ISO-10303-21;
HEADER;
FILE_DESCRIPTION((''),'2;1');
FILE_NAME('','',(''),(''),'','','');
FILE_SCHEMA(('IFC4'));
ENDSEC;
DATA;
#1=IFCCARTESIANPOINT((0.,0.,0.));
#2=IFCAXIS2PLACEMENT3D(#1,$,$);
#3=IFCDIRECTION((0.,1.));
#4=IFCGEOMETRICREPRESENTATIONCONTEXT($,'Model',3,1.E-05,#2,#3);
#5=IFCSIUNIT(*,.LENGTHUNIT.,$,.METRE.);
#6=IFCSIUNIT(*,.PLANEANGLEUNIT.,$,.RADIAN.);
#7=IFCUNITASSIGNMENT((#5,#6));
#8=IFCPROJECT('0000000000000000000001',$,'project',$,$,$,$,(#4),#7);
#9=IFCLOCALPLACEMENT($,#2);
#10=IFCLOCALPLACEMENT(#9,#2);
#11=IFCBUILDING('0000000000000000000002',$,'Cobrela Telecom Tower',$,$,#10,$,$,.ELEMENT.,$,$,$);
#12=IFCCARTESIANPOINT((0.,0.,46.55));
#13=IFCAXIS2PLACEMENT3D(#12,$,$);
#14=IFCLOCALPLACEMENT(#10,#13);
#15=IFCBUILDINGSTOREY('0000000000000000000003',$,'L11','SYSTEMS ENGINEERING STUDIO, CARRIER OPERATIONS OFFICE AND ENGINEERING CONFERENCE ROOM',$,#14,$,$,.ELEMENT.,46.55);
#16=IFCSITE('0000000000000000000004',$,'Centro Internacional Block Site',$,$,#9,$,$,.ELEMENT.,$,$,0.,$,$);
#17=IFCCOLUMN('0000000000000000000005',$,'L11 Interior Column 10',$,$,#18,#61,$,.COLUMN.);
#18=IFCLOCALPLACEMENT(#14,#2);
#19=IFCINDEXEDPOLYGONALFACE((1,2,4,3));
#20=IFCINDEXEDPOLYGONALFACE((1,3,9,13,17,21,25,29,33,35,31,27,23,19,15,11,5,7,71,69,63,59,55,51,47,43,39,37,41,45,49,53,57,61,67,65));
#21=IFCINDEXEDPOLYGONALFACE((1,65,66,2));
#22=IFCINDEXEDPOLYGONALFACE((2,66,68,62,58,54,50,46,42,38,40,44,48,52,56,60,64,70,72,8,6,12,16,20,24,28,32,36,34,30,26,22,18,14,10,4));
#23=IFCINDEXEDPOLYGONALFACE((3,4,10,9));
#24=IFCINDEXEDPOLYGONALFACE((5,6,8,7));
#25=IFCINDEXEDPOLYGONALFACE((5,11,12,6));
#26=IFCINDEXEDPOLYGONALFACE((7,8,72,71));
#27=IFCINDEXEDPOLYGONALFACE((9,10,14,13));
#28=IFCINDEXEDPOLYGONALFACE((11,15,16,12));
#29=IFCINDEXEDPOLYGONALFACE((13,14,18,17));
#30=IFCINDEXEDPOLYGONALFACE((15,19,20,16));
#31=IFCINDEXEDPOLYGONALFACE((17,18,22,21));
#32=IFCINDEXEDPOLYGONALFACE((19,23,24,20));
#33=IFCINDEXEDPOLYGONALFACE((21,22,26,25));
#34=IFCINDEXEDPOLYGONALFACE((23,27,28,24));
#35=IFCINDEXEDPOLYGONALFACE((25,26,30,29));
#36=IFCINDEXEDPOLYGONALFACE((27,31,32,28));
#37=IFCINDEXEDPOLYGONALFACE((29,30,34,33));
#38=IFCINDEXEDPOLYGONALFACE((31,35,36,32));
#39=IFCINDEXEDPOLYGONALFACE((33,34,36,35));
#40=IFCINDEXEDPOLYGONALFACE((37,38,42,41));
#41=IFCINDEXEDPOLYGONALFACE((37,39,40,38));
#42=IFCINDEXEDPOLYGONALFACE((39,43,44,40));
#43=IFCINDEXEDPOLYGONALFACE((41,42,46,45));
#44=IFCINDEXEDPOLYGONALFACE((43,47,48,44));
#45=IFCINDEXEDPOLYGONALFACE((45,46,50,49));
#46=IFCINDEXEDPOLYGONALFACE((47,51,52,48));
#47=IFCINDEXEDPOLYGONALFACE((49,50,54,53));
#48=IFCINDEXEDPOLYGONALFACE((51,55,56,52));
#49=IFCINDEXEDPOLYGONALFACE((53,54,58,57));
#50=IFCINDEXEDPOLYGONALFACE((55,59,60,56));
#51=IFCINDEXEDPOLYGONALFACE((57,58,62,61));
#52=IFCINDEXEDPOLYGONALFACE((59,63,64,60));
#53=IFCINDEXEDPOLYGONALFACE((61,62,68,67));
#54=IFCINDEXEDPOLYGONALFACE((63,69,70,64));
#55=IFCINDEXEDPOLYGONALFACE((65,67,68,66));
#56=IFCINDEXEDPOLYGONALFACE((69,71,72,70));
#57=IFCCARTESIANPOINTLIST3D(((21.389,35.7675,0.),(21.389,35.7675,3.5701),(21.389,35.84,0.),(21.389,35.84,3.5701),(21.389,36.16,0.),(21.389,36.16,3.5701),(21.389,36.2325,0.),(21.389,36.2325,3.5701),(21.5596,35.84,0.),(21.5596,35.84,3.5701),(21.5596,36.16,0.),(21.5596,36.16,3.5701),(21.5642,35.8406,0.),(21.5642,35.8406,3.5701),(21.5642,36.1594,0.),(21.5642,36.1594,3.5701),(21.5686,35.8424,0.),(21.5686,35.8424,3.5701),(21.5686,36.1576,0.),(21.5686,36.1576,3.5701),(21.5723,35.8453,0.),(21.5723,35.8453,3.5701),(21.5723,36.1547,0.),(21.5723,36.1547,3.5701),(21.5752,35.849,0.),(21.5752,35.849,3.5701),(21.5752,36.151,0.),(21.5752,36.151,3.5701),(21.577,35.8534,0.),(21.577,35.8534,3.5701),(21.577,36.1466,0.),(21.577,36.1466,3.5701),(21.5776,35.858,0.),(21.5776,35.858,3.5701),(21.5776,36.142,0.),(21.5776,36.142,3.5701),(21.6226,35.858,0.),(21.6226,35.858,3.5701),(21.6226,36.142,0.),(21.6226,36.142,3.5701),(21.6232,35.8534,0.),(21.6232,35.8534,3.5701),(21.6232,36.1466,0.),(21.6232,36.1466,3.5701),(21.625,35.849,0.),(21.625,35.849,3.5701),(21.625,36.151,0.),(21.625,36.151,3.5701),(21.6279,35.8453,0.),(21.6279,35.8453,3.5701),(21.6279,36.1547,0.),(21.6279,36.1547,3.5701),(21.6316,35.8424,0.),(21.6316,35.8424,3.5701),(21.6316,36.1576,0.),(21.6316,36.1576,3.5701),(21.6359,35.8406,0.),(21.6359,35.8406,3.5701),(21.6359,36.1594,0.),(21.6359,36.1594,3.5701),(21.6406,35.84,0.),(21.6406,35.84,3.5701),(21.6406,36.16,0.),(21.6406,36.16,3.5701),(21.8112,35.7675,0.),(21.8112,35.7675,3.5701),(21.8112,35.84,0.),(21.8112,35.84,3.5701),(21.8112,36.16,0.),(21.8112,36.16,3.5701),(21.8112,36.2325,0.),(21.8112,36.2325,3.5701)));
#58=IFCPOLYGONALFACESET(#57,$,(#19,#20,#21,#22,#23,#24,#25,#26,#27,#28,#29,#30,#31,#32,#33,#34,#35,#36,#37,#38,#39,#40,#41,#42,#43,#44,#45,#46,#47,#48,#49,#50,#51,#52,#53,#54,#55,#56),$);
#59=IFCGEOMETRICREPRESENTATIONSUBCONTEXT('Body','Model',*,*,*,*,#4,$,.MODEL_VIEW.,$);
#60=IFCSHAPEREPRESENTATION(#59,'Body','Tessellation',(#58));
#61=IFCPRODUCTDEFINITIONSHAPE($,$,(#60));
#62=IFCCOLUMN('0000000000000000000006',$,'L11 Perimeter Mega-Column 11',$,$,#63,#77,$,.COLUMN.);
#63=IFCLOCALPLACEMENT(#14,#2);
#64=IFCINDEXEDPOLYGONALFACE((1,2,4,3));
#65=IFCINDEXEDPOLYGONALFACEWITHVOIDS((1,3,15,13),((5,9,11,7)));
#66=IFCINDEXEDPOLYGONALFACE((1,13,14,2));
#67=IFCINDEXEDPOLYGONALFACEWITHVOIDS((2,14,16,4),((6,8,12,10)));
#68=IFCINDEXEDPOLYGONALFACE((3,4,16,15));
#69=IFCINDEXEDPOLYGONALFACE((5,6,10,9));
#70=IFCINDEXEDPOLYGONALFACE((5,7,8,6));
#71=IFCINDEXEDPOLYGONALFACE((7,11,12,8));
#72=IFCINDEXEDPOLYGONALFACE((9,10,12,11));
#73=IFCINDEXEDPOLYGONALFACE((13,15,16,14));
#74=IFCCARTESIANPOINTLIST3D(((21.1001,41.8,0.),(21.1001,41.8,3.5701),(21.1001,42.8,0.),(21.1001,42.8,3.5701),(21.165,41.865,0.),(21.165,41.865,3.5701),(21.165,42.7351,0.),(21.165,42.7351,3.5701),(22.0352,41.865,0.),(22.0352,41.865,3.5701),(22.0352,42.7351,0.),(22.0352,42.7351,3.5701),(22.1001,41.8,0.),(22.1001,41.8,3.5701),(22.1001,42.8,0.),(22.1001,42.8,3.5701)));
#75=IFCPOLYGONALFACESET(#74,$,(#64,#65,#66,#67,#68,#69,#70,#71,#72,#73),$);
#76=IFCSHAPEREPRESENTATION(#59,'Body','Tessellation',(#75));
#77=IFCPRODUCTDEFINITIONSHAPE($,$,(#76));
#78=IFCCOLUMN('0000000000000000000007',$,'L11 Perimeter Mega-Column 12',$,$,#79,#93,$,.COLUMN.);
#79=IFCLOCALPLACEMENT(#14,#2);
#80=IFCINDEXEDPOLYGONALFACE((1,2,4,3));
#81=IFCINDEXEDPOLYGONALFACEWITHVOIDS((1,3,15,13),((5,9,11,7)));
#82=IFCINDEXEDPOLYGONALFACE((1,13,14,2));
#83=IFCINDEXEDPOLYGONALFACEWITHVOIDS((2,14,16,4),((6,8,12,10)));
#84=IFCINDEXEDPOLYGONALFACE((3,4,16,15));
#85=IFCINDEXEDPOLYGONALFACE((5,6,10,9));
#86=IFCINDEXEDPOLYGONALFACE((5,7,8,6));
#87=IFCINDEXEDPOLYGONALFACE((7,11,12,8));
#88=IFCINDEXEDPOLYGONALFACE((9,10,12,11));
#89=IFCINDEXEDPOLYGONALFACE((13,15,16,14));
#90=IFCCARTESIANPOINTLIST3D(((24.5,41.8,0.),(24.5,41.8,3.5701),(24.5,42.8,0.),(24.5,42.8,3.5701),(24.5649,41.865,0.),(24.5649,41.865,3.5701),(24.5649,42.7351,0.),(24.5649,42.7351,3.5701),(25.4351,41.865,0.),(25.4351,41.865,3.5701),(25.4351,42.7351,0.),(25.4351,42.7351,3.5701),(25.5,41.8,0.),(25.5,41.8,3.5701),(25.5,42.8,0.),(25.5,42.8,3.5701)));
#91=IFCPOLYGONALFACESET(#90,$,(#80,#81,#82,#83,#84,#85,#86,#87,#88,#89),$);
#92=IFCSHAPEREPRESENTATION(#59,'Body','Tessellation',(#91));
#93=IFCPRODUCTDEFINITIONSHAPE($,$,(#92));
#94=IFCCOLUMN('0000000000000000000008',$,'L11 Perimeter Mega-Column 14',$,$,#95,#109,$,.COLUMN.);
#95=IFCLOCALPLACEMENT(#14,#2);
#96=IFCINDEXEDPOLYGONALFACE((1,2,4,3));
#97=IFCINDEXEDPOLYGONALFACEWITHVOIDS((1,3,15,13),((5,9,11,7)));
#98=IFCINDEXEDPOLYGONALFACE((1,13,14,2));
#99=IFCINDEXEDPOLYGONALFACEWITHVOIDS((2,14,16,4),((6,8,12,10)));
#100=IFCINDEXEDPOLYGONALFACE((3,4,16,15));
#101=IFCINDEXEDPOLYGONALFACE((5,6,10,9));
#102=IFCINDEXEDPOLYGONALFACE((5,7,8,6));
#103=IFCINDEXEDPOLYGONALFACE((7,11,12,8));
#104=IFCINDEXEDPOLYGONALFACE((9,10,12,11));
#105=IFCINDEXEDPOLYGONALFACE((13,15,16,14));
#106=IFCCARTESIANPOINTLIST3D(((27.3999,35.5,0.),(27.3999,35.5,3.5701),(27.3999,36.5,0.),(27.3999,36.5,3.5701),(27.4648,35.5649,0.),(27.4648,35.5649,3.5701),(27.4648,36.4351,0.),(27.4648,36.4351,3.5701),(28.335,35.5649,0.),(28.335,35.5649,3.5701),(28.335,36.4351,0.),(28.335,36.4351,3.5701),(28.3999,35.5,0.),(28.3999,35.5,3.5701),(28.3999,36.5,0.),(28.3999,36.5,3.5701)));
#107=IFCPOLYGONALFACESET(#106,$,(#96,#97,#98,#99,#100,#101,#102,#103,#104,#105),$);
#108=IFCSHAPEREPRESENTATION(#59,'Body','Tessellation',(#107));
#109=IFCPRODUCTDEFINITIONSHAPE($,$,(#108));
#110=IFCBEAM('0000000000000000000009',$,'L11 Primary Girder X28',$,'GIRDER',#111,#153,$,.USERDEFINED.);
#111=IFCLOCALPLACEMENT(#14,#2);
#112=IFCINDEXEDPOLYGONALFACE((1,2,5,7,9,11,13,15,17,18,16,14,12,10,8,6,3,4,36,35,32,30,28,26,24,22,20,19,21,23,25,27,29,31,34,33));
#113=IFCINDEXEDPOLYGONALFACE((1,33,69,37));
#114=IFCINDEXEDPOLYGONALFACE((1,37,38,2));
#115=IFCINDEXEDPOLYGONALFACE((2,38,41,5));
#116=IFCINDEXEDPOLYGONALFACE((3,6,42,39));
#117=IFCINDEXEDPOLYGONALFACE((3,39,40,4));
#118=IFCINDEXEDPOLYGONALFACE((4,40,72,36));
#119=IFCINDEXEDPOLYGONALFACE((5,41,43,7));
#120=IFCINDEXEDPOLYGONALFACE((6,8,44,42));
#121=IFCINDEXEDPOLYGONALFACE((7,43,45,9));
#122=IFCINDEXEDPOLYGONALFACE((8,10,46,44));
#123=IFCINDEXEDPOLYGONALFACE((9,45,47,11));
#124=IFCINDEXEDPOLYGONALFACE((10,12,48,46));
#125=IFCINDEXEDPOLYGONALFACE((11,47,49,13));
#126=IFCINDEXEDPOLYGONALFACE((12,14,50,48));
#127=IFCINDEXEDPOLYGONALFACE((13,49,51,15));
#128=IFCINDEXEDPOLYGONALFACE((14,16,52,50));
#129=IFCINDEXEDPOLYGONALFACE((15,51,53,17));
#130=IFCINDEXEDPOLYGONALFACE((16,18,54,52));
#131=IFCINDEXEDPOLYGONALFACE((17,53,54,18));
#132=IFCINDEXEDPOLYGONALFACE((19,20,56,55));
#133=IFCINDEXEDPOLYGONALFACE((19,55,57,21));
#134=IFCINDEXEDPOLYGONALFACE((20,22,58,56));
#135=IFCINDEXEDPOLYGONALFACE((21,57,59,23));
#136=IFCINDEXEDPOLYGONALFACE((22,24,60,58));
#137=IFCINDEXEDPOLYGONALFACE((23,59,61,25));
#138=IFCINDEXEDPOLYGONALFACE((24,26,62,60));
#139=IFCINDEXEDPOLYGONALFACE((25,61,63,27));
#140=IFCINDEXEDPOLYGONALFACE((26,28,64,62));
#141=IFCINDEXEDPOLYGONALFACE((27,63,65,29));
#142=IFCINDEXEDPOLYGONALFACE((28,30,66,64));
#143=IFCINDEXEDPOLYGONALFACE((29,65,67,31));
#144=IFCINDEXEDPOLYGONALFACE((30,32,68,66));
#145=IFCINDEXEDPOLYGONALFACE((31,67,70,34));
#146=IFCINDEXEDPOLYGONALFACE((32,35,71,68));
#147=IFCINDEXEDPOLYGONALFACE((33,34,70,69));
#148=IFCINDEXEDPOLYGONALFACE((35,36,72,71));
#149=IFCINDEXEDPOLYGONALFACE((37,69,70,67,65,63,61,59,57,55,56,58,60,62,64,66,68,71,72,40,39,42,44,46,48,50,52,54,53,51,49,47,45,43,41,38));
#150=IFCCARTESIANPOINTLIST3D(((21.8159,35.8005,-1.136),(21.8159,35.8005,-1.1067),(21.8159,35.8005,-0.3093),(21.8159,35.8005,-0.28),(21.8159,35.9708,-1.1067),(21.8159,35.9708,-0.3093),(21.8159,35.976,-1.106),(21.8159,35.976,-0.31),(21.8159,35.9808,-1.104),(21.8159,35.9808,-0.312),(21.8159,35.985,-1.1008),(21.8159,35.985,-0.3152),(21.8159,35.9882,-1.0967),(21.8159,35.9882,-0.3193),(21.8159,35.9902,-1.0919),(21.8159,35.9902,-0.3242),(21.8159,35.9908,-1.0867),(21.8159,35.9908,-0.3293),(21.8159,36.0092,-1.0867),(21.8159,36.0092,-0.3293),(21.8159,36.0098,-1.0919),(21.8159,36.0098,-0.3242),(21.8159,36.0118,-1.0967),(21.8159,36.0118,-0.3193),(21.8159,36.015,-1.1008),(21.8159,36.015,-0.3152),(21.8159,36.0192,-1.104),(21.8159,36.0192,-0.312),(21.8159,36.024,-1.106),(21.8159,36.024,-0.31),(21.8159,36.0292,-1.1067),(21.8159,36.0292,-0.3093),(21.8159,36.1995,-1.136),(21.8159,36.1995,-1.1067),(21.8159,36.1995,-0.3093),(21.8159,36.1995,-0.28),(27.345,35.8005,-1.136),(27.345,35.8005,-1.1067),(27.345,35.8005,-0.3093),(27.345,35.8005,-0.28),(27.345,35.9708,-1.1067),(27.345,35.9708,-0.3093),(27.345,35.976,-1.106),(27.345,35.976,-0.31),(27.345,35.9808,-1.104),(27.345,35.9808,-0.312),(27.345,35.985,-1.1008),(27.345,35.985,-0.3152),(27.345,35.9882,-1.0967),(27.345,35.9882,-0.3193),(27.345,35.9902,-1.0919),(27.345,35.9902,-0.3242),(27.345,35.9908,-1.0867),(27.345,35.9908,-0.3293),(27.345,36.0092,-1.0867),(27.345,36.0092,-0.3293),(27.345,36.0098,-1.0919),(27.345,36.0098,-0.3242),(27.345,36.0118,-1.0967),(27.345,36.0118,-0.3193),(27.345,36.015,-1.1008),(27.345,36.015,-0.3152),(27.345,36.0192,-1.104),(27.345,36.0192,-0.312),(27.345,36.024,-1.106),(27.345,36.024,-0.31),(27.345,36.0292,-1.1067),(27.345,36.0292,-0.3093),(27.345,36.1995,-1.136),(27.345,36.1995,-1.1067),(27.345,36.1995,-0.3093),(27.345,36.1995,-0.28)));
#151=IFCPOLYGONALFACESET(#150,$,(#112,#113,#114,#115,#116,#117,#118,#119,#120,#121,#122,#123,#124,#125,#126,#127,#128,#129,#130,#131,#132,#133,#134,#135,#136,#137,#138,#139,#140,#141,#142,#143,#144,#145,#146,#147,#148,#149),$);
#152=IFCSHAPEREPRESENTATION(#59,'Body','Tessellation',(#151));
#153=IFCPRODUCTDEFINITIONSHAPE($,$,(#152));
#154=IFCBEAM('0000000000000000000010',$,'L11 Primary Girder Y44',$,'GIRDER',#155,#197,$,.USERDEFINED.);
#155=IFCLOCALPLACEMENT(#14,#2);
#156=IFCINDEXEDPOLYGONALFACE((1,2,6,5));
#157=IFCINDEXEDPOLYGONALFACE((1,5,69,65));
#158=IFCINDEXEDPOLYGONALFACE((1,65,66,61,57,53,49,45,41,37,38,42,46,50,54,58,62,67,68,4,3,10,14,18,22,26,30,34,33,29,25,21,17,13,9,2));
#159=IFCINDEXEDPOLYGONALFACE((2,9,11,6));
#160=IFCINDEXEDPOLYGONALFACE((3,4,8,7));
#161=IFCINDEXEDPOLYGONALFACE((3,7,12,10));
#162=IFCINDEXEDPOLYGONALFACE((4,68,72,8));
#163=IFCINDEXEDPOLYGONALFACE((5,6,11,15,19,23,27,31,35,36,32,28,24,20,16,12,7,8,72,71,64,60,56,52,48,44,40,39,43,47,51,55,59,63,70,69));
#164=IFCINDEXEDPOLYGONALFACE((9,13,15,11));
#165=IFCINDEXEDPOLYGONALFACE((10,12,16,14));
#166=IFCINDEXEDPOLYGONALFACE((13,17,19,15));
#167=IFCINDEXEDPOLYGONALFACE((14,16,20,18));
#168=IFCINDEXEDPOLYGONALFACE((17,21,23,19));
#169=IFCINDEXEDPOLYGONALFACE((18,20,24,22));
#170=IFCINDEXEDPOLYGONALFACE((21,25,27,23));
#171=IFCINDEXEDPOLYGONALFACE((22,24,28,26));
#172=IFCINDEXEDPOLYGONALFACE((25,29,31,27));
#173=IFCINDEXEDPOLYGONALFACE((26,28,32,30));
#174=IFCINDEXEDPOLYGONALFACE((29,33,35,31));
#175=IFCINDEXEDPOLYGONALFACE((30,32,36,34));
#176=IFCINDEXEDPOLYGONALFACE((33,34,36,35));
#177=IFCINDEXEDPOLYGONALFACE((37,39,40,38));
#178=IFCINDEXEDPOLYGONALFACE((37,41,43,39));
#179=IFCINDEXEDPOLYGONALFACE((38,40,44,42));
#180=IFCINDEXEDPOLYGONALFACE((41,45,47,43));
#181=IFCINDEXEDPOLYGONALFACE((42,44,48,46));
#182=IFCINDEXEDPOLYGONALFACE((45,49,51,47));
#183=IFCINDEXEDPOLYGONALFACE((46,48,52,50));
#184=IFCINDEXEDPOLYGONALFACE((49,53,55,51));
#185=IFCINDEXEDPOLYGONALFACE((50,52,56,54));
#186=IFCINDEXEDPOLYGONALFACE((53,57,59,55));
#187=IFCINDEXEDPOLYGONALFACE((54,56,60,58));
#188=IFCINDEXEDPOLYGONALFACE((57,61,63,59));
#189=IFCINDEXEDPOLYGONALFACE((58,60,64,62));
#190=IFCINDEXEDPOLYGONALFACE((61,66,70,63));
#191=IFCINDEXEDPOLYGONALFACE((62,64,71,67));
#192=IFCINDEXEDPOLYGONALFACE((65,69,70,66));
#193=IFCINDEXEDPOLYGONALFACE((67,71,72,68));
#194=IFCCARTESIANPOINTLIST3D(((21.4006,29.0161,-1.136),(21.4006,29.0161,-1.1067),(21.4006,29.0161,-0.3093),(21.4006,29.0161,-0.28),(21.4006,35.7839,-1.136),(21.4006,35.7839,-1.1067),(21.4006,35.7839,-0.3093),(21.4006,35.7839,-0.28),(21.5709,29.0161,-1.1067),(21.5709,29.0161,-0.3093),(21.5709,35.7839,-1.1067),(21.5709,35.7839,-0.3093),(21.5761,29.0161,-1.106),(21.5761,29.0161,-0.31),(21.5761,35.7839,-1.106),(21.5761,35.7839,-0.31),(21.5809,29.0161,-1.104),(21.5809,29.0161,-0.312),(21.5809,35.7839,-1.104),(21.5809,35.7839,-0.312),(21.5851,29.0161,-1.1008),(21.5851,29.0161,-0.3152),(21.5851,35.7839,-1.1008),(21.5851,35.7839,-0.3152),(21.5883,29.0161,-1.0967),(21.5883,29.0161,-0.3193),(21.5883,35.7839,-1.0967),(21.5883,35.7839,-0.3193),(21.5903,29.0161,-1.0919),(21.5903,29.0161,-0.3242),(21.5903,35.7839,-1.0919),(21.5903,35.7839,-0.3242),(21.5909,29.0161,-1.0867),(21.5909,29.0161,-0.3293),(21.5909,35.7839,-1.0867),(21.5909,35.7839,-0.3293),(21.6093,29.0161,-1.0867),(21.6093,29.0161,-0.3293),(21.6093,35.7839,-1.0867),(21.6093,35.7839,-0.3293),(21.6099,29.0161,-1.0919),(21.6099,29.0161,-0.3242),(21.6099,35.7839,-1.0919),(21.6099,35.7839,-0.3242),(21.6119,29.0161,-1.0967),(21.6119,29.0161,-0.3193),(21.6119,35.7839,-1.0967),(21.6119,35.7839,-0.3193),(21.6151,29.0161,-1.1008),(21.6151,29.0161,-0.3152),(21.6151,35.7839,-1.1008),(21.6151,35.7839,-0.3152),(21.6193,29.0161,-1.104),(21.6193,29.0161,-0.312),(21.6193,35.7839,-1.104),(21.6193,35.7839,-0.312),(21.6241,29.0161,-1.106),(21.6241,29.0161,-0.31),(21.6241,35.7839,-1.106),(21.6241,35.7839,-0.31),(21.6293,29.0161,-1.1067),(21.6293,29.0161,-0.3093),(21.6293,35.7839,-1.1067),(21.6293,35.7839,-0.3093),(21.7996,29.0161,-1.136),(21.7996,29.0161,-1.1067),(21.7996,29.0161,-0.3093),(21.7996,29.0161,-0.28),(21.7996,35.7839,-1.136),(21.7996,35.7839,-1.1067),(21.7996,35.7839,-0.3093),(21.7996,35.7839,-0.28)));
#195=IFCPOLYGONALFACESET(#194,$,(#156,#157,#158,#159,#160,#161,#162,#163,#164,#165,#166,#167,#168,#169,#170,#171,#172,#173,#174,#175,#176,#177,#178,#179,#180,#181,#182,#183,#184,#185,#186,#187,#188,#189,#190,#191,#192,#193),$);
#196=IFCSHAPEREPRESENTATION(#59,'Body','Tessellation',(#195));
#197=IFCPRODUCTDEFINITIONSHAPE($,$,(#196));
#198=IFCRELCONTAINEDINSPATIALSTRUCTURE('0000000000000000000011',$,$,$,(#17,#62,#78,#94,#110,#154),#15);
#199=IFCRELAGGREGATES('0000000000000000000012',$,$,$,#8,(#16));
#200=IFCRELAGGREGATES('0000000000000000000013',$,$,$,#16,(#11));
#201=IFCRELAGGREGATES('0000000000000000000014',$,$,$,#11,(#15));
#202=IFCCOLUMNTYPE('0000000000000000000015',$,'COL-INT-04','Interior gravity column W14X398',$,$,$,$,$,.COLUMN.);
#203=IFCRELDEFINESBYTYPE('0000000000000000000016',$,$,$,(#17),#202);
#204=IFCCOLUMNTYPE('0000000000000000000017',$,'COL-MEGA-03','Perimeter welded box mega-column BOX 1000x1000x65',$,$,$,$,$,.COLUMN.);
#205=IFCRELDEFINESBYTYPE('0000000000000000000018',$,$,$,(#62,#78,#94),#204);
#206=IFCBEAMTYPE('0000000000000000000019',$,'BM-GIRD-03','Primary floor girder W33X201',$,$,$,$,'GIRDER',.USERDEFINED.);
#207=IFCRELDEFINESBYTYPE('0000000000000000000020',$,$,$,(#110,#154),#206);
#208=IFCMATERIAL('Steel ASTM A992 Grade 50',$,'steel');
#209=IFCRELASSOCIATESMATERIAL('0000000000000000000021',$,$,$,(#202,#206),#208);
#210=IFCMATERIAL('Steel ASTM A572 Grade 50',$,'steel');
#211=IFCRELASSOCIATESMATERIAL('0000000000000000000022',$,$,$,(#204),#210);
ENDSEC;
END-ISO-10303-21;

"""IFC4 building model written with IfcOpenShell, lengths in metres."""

from ifc_helpers import new_model, si_unit, direction, frame, origin, origin_2d, place, context, subcontext, project, spatial, hollow_rectangle, i_section, extrude, material, material_profile, profile_set, type_object, element, save


model = new_model("IFC4")

# Units and contexts
model_context = context("Model", 3, precision=1e-05, world=origin(), true_north=direction((0.0, 1.0)))
body_context = subcontext(model_context, "Body", "Model", "MODEL_VIEW")
ifc_project = project(units=[si_unit("LENGTHUNIT", "METRE"), si_unit("PLANEANGLEUNIT", "RADIAN")], contexts=[model_context])

# Site, building, storey
site_placement = place(None, origin())
site = spatial("IfcSite", under=ifc_project, at=site_placement, Name="Centro Internacional Block Site", CompositionType="ELEMENT", RefElevation=0.0)
building_placement = place(site_placement, origin())
building = spatial("IfcBuilding", under=site, at=building_placement, Name="Cobrela Telecom Tower", CompositionType="ELEMENT")
storey_placement = place(building_placement, frame((0.0, 0.0, 46.55)))
storey = spatial("IfcBuildingStorey", under=building, at=storey_placement, Name="L11", Description="SYSTEMS ENGINEERING STUDIO, CARRIER OPERATIONS OFFICE AND ENGINEERING CONFERENCE ROOM", CompositionType="ELEMENT", Elevation=46.55)

# Columns
ifc_material_1 = material(Name="Steel ASTM A992 Grade 50", Category="steel")
ifc_material_profile_1 = material_profile(ifc_material_1, i_section(OverallWidth=0.4221, OverallDepth=0.4651, WebThickness=0.0449, FlangeThickness=0.0725, FilletRadius=0.0181, at=origin_2d()), Name="W14X398")
ifc_profile_set_1 = profile_set([ifc_material_profile_1], Name="Steel ASTM A992 Grade 50")
column_type_1 = type_object("IfcColumnType", Name="COL-INT-04", Description="Interior gravity column W14X398", PredefinedType="COLUMN", material=ifc_profile_set_1)
column_placement = place(storey_placement, frame((21.6001, 36.0, 0.0), z_axis=(0.0, 0.0, 1.0), x_axis=(1.0, 0.0, 0.0)))
element("IfcColumn", 1, at=column_placement, inside=storey, type_object=column_type_1, Name="L11 Interior Column 10", PredefinedType="COLUMN", context=body_context, shape_type="SweptSolid", body=[
    extrude(i_section(OverallWidth=0.4221, OverallDepth=0.4651, WebThickness=0.0449, FlangeThickness=0.0725, FilletRadius=0.0181, at=origin_2d()), origin(), (0.0, 0.0, 1.0), 3.5701),
])
ifc_material_2 = material(Name="Steel ASTM A572 Grade 50", Category="steel")
ifc_material_profile_2 = material_profile(ifc_material_2, hollow_rectangle(XDim=1.0, YDim=1.0, WallThickness=0.0649, at=origin_2d()), Name="BOX 1000x1000x65")
ifc_profile_set_2 = profile_set([ifc_material_profile_2], Name="Steel ASTM A572 Grade 50")
column_type_2 = type_object("IfcColumnType", Name="COL-MEGA-03", Description="Perimeter welded box mega-column BOX 1000x1000x65", PredefinedType="COLUMN", material=ifc_profile_set_2)
for number, where, z_axis, x_axis, name in (
    (2, (21.6001, 42.3, 0.0), (0.0, 0.0, 1.0), (1.0, 0.0, 0.0), "L11 Perimeter Mega-Column 11"),
    (3, (25.0, 42.3, 0.0), (0.0, 0.0, 1.0), (1.0, 0.0, 0.0), "L11 Perimeter Mega-Column 12"),
    (4, (27.8999, 36.0, 0.0), (0.0, 0.0, 1.0), (1.0, 0.0, 0.0), "L11 Perimeter Mega-Column 14"),
):
    element("IfcColumn", number, at=place(storey_placement, frame(where, z_axis=z_axis, x_axis=x_axis)), inside=storey, type_object=column_type_2, Name=name, PredefinedType="COLUMN", context=body_context, shape_type="SweptSolid", body=[
        extrude(hollow_rectangle(XDim=1.0, YDim=1.0, WallThickness=0.0649, at=origin_2d()), origin(), (0.0, 0.0, 1.0), 3.5701),
    ])

# Beams
ifc_material_profile_3 = material_profile(ifc_material_1, i_section(OverallWidth=0.3989, OverallDepth=0.856, WebThickness=0.0183, FlangeThickness=0.0293, FilletRadius=0.02, at=origin_2d()), Name="W33X201")
ifc_profile_set_3 = profile_set([ifc_material_profile_3], Name="Steel ASTM A992 Grade 50")
beam_type_1 = type_object("IfcBeamType", Name="BM-GIRD-03", Description="Primary floor girder W33X201", ElementType="GIRDER", PredefinedType="USERDEFINED", material=ifc_profile_set_3)
beam_1_placement = place(storey_placement, frame((21.8159, 36.0, -0.708), z_axis=(1.0, 0.0, 0.0), x_axis=(0.0, 1.0, 0.0)))
element("IfcBeam", 5, at=beam_1_placement, inside=storey, type_object=beam_type_1, Name="L11 Primary Girder X28", ObjectType="GIRDER", PredefinedType="USERDEFINED", context=body_context, shape_type="SweptSolid", body=[
    extrude(i_section(OverallWidth=0.3989, OverallDepth=0.856, WebThickness=0.0183, FlangeThickness=0.0293, FilletRadius=0.02, at=origin_2d()), origin(), (0.0, 0.0, 1.0), 5.5291),
])
beam_2_placement = place(storey_placement, frame((21.6001, 29.0161, -0.708), z_axis=(0.0, 1.0, 0.0), x_axis=(-1.0, 0.0, 0.0)))
element("IfcBeam", 6, at=beam_2_placement, inside=storey, type_object=beam_type_1, Name="L11 Primary Girder Y44", ObjectType="GIRDER", PredefinedType="USERDEFINED", context=body_context, shape_type="SweptSolid", body=[
    extrude(i_section(OverallWidth=0.3989, OverallDepth=0.856, WebThickness=0.0183, FlangeThickness=0.0293, FilletRadius=0.02, at=origin_2d()), origin(), (0.0, 0.0, 1.0), 6.7678),
])

save(model, "model.ifc")
